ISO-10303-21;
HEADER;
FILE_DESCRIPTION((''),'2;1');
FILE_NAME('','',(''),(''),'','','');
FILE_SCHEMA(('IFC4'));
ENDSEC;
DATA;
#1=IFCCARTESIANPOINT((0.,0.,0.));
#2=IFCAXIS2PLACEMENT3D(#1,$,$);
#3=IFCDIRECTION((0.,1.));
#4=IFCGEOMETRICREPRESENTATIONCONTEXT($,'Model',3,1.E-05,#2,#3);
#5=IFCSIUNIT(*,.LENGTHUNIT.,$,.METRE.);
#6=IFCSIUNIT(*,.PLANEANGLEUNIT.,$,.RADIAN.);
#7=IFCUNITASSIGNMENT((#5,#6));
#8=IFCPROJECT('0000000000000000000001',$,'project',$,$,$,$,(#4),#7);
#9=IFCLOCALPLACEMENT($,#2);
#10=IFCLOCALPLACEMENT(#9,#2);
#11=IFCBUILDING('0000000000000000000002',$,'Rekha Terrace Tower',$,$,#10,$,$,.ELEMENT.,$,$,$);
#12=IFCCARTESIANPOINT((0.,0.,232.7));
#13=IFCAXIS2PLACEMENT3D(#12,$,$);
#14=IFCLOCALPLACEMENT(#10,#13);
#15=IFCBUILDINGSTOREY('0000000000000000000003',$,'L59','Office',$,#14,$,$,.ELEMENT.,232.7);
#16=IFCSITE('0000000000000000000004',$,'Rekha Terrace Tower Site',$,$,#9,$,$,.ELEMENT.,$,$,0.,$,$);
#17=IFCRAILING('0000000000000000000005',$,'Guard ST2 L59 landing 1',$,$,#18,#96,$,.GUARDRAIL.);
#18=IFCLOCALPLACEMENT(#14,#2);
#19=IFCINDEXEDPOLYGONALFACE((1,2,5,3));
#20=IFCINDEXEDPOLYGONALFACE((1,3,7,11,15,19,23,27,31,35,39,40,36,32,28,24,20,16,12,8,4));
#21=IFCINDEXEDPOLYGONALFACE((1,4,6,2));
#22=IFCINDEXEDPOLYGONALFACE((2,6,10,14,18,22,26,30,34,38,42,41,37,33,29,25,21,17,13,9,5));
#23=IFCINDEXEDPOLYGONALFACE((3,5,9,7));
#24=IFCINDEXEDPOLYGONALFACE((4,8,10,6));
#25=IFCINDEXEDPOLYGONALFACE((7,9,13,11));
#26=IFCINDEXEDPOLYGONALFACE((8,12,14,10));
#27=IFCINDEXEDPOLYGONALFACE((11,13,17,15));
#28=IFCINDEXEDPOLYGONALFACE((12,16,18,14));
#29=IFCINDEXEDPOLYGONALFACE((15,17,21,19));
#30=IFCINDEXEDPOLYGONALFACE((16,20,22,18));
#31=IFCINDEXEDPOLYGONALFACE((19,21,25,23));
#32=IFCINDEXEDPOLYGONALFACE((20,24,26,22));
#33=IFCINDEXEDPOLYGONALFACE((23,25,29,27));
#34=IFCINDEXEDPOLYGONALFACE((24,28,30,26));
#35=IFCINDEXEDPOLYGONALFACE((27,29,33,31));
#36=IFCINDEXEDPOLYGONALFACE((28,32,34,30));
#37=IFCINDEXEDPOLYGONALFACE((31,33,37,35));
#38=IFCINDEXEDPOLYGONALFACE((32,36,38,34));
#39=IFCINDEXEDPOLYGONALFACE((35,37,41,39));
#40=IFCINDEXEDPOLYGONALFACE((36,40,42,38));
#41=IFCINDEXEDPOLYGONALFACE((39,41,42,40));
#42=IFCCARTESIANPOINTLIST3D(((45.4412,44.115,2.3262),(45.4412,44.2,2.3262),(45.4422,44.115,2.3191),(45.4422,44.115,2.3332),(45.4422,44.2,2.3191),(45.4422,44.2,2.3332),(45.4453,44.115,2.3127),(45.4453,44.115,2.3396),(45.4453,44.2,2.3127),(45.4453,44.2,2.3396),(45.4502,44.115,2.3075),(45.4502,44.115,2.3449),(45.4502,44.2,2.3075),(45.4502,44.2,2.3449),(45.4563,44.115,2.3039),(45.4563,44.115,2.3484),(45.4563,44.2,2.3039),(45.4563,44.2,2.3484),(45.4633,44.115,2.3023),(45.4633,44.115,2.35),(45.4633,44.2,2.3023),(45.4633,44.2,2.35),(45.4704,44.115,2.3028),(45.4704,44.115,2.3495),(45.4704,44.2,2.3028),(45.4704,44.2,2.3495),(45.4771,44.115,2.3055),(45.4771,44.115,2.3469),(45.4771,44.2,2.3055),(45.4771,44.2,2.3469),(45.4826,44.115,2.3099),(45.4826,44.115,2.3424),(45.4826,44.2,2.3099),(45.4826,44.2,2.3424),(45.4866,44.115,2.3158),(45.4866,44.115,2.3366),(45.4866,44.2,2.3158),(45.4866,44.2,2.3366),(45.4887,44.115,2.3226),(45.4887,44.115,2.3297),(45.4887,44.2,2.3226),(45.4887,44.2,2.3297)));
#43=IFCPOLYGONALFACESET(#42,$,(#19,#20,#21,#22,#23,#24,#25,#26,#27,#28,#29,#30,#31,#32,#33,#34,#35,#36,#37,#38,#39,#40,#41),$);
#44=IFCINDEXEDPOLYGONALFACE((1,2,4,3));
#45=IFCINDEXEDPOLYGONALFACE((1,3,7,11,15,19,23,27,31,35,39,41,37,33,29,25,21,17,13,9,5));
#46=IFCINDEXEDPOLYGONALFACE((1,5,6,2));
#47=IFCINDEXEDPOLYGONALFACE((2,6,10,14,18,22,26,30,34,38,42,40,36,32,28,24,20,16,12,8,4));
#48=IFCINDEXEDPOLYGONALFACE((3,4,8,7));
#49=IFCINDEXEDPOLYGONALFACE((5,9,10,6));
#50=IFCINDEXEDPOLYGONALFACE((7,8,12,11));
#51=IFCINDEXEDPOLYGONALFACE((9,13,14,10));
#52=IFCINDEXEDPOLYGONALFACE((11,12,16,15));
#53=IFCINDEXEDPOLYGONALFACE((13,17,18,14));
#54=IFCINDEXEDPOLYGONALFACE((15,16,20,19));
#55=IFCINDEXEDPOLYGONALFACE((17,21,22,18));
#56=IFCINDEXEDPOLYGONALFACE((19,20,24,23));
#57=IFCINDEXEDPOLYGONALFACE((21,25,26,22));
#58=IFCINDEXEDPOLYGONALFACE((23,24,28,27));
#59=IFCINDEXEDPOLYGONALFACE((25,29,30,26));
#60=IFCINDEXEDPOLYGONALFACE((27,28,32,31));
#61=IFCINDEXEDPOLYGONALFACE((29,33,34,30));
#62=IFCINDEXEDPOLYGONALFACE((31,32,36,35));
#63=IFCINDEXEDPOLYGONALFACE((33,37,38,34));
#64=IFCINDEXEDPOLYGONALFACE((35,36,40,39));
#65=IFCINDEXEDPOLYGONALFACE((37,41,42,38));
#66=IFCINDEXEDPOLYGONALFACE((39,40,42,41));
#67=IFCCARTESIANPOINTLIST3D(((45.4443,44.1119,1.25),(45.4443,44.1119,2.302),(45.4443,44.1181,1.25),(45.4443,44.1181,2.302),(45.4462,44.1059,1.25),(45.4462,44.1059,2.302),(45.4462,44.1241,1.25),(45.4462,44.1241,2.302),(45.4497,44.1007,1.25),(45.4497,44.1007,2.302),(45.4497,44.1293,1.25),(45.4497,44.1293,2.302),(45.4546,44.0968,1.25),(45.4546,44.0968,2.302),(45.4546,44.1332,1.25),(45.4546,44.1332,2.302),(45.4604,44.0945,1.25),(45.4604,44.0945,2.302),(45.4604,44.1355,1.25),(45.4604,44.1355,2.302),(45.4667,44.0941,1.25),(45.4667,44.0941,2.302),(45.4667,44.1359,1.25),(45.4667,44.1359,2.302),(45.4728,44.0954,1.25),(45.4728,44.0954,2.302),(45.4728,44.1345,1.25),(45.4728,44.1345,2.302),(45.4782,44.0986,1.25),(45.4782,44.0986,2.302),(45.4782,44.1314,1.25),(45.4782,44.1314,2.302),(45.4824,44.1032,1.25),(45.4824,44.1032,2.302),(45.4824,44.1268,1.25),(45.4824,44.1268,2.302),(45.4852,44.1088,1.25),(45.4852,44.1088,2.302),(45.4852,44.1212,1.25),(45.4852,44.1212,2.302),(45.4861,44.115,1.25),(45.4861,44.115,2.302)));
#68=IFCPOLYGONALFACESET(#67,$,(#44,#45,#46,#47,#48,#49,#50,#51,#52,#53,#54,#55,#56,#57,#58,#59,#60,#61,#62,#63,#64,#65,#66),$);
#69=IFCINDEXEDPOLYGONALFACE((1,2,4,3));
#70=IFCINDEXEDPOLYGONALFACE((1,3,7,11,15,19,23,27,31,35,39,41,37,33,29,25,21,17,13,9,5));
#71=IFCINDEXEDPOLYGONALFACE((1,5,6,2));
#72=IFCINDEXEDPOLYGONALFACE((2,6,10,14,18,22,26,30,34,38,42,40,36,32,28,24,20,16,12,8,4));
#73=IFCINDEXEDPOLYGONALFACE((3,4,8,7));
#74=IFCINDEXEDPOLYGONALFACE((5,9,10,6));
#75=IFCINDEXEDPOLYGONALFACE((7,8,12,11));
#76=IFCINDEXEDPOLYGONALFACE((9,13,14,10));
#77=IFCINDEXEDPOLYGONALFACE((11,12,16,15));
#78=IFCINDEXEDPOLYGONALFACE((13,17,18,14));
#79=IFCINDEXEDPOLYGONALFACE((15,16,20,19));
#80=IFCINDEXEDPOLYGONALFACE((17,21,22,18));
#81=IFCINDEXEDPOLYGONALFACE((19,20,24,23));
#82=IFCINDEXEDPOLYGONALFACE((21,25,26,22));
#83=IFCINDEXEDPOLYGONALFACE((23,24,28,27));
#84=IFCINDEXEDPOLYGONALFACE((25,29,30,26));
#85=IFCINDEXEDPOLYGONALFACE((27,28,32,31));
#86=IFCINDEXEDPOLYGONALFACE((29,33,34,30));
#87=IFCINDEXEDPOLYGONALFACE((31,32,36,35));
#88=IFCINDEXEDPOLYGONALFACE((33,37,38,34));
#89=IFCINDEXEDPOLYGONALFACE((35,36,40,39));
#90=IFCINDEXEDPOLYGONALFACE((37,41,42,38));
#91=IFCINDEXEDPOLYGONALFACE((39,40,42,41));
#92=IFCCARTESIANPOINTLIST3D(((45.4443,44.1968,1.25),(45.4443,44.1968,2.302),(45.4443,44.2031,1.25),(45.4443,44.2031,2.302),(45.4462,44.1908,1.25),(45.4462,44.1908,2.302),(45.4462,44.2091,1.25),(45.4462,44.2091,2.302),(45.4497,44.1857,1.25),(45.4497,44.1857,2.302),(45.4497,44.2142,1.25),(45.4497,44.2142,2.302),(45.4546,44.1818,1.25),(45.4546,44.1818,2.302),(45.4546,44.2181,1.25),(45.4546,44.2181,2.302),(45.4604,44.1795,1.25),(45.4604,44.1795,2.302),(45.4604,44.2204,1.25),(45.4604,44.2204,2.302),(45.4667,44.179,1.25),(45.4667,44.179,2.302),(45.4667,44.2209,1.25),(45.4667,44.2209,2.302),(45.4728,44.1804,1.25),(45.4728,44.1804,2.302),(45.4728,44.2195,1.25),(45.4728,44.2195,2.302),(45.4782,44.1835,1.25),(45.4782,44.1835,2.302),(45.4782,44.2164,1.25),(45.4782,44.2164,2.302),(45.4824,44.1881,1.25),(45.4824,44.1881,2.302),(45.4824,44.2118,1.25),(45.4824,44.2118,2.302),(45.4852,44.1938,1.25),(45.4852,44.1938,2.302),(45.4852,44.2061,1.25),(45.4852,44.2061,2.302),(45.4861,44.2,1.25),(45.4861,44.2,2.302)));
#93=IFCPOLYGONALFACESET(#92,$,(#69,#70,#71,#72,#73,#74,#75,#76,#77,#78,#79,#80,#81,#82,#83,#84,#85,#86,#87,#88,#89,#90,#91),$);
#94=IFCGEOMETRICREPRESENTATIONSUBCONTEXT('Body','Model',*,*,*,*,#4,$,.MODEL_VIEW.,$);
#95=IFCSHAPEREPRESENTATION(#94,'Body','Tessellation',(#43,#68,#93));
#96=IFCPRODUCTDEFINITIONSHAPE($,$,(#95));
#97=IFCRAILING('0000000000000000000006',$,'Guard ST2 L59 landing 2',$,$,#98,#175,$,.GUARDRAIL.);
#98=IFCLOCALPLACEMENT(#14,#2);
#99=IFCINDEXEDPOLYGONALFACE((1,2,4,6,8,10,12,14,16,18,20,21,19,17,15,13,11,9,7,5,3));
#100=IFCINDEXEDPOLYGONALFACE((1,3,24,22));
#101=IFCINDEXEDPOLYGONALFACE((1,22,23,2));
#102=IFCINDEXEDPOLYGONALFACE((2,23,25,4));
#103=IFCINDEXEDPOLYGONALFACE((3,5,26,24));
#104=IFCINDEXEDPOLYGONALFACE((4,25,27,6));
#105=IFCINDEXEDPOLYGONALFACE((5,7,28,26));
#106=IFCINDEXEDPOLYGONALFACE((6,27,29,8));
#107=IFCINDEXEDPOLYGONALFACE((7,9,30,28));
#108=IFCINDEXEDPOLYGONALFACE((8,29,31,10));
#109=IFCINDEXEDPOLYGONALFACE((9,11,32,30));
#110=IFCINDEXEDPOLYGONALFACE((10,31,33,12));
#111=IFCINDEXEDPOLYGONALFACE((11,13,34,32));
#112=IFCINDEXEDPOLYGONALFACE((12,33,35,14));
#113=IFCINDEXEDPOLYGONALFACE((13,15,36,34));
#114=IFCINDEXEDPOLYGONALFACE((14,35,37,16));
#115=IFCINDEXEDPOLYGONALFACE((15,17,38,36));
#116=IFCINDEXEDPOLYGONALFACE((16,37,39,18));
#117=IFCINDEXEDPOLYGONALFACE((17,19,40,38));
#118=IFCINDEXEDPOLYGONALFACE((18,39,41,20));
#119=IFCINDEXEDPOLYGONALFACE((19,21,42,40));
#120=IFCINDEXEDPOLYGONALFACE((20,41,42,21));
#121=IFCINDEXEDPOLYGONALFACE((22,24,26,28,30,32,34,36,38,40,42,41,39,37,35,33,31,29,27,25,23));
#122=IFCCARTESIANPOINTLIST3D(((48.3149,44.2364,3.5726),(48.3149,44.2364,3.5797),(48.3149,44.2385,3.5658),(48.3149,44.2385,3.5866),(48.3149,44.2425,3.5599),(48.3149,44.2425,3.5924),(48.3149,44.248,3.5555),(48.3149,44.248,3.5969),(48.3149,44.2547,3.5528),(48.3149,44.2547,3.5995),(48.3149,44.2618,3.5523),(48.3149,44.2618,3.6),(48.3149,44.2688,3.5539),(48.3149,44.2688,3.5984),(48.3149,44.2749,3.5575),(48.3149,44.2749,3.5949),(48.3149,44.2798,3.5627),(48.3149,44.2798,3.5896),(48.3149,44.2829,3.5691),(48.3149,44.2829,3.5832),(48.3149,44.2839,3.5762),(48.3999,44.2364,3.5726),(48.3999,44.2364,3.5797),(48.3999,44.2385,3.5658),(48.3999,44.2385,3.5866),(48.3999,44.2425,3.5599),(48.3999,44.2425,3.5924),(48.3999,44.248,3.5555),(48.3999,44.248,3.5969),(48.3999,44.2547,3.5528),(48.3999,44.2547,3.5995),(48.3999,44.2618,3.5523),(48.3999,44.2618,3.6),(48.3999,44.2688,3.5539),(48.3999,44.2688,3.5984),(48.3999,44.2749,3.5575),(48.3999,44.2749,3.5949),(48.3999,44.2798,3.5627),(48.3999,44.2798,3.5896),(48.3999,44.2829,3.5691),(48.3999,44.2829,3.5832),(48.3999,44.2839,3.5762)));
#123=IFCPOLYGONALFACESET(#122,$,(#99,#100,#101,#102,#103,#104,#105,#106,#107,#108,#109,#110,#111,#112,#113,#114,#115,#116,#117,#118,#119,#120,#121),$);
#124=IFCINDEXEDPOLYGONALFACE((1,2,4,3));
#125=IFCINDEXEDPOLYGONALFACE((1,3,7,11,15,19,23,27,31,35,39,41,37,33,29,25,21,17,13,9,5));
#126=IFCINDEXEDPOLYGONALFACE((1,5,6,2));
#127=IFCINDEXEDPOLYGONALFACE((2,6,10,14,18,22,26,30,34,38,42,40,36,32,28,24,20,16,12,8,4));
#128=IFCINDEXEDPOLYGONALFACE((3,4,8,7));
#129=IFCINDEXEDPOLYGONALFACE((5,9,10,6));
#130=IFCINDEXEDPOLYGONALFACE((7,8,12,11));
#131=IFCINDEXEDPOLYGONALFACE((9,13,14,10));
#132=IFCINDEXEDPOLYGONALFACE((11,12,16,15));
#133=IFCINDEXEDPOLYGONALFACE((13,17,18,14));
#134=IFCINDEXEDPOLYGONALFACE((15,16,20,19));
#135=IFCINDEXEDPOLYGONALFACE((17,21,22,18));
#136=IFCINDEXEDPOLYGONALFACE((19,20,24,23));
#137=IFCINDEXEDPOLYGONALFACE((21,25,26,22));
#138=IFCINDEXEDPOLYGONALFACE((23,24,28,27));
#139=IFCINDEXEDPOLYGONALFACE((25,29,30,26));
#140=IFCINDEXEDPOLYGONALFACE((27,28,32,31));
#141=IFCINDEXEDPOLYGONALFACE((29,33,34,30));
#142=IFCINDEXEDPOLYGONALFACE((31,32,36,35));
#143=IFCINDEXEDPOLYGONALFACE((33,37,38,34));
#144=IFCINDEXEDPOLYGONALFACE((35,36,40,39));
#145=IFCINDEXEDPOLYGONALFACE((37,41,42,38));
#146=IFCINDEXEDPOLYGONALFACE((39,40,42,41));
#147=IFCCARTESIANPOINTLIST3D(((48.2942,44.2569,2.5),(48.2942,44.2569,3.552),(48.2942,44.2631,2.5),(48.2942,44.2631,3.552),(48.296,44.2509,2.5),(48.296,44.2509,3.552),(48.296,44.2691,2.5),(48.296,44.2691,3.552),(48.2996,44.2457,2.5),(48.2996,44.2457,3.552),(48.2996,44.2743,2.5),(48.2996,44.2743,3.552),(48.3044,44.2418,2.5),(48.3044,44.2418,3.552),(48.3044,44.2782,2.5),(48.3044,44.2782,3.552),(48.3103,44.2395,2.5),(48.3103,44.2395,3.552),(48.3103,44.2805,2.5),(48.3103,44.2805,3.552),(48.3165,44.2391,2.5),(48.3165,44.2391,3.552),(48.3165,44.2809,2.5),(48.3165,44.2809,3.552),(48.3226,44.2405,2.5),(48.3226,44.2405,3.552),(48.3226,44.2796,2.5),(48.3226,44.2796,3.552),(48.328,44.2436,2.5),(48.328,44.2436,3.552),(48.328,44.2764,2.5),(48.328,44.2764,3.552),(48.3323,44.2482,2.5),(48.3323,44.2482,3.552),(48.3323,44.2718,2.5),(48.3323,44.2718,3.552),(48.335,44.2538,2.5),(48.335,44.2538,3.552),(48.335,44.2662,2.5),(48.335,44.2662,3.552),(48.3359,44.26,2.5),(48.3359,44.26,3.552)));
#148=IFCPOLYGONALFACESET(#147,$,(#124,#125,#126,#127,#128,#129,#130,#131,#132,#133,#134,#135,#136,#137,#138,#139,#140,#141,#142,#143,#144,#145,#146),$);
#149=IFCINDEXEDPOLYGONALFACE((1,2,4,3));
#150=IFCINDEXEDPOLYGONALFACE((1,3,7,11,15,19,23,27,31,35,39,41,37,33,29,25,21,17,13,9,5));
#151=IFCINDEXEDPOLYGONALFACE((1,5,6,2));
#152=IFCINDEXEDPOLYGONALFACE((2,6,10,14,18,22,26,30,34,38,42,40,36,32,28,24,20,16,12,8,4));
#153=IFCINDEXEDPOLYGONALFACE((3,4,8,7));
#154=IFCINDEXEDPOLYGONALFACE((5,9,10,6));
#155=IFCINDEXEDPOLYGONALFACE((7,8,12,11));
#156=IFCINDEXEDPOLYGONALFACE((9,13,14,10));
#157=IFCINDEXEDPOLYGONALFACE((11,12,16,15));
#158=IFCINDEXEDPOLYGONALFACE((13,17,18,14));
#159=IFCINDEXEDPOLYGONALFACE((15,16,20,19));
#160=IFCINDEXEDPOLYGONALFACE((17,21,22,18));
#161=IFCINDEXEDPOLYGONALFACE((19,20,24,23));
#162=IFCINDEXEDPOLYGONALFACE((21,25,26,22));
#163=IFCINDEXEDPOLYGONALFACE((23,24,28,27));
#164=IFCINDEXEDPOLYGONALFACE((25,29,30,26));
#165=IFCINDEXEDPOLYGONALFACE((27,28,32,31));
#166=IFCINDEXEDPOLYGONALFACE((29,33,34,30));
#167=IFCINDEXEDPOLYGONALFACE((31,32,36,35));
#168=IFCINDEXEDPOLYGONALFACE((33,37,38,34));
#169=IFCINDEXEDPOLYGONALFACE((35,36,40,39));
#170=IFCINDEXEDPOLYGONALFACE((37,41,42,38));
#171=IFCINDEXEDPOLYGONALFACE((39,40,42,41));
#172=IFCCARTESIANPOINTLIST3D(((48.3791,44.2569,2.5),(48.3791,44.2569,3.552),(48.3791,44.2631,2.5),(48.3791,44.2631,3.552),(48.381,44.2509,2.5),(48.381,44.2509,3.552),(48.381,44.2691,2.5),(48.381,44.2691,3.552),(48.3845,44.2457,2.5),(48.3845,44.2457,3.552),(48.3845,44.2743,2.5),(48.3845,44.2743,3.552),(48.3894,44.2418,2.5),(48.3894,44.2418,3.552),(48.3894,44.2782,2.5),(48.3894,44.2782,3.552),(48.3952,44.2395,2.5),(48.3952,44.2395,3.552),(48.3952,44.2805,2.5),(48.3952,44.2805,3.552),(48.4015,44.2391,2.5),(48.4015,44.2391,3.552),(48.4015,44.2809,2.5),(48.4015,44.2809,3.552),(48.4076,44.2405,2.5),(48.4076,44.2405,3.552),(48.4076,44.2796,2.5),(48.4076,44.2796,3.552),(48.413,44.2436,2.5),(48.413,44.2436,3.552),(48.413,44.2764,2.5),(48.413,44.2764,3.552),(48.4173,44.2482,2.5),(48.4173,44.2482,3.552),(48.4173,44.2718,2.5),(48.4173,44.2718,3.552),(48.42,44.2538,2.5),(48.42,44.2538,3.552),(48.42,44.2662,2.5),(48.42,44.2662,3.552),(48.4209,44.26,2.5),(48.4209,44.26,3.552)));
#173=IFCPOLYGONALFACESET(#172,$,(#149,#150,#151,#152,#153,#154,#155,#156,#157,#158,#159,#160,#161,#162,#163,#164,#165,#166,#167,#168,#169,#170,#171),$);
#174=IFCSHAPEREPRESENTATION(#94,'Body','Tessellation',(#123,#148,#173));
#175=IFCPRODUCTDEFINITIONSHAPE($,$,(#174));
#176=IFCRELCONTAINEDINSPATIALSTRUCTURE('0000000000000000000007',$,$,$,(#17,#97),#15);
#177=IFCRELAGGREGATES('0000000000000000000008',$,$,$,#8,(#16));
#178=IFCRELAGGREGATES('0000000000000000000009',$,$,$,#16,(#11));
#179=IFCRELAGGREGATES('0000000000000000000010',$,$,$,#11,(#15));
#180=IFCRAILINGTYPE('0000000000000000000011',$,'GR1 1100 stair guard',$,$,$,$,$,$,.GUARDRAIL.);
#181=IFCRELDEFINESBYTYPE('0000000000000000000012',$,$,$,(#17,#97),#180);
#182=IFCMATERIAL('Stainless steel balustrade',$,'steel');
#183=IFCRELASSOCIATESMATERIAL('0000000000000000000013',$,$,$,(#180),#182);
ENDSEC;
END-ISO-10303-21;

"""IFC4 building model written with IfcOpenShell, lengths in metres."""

from ifc_helpers import new_model, si_unit, direction, frame, origin, origin_2d, place, context, subcontext, project, spatial, circle, extrude, material, type_object, element, save


model = new_model("IFC4")

# Units and contexts
model_context = context("Model", 3, precision=1e-05, world=origin(), true_north=direction((0.0, 1.0)))
body_context = subcontext(model_context, "Body", "Model", "MODEL_VIEW")
ifc_project = project(units=[si_unit("LENGTHUNIT", "METRE"), si_unit("PLANEANGLEUNIT", "RADIAN")], contexts=[model_context])

# Site, building, storey
site_placement = place(None, origin())
site = spatial("IfcSite", under=ifc_project, at=site_placement, Name="Rekha Terrace Tower Site", CompositionType="ELEMENT", RefElevation=0.0)
building_placement = place(site_placement, origin())
building = spatial("IfcBuilding", under=site, at=building_placement, Name="Rekha Terrace Tower", CompositionType="ELEMENT")
storey_placement = place(building_placement, frame((0.0, 0.0, 232.7)))
storey = spatial("IfcBuildingStorey", under=building, at=storey_placement, Name="L59", Description="Office", CompositionType="ELEMENT", Elevation=232.7)

# Railings
ifc_material_1 = material(Name="Stainless steel balustrade", Category="steel")
railing_type_1 = type_object("IfcRailingType", Name="GR1 1100 stair guard", PredefinedType="GUARDRAIL", material=ifc_material_1)
railing_1_placement = place(storey_placement, frame((45.4651, 44.115, 1.25)))
element("IfcRailing", 1, at=railing_1_placement, inside=storey, type_object=railing_type_1, Name="Guard ST2 L59 landing 1", PredefinedType="GUARDRAIL", context=body_context, shape_type="SweptSolid", body=[
    extrude(circle(Radius=0.0239, at=origin_2d()), frame((0.0, 0.0, 1.0762), z_axis=(0.0, 1.0, 0.0), x_axis=(-1.0, 0.0, 0.0)), (0.0, 0.0, 1.0), 0.085),
    extrude(circle(Radius=0.021, at=origin_2d()), origin(), (0.0, 0.0, 1.0), 1.052),
    extrude(circle(Radius=0.021, at=origin_2d()), frame((0.0, 0.085, 0.0)), (0.0, 0.0, 1.0), 1.052),
])
railing_2_placement = place(storey_placement, frame((48.3149, 44.26, 2.5)))
element("IfcRailing", 2, at=railing_2_placement, inside=storey, type_object=railing_type_1, Name="Guard ST2 L59 landing 2", PredefinedType="GUARDRAIL", context=body_context, shape_type="SweptSolid", body=[
    extrude(circle(Radius=0.0239, at=origin_2d()), frame((0.0, 0.0, 1.0762), z_axis=(1.0, 0.0, 0.0), x_axis=(0.0, 1.0, 0.0)), (0.0, 0.0, 1.0), 0.085),
    extrude(circle(Radius=0.021, at=origin_2d()), origin(), (0.0, 0.0, 1.0), 1.052),
    extrude(circle(Radius=0.021, at=origin_2d()), frame((0.085, 0.0, 0.0)), (0.0, 0.0, 1.0), 1.052),
])

save(model, "model.ifc")
